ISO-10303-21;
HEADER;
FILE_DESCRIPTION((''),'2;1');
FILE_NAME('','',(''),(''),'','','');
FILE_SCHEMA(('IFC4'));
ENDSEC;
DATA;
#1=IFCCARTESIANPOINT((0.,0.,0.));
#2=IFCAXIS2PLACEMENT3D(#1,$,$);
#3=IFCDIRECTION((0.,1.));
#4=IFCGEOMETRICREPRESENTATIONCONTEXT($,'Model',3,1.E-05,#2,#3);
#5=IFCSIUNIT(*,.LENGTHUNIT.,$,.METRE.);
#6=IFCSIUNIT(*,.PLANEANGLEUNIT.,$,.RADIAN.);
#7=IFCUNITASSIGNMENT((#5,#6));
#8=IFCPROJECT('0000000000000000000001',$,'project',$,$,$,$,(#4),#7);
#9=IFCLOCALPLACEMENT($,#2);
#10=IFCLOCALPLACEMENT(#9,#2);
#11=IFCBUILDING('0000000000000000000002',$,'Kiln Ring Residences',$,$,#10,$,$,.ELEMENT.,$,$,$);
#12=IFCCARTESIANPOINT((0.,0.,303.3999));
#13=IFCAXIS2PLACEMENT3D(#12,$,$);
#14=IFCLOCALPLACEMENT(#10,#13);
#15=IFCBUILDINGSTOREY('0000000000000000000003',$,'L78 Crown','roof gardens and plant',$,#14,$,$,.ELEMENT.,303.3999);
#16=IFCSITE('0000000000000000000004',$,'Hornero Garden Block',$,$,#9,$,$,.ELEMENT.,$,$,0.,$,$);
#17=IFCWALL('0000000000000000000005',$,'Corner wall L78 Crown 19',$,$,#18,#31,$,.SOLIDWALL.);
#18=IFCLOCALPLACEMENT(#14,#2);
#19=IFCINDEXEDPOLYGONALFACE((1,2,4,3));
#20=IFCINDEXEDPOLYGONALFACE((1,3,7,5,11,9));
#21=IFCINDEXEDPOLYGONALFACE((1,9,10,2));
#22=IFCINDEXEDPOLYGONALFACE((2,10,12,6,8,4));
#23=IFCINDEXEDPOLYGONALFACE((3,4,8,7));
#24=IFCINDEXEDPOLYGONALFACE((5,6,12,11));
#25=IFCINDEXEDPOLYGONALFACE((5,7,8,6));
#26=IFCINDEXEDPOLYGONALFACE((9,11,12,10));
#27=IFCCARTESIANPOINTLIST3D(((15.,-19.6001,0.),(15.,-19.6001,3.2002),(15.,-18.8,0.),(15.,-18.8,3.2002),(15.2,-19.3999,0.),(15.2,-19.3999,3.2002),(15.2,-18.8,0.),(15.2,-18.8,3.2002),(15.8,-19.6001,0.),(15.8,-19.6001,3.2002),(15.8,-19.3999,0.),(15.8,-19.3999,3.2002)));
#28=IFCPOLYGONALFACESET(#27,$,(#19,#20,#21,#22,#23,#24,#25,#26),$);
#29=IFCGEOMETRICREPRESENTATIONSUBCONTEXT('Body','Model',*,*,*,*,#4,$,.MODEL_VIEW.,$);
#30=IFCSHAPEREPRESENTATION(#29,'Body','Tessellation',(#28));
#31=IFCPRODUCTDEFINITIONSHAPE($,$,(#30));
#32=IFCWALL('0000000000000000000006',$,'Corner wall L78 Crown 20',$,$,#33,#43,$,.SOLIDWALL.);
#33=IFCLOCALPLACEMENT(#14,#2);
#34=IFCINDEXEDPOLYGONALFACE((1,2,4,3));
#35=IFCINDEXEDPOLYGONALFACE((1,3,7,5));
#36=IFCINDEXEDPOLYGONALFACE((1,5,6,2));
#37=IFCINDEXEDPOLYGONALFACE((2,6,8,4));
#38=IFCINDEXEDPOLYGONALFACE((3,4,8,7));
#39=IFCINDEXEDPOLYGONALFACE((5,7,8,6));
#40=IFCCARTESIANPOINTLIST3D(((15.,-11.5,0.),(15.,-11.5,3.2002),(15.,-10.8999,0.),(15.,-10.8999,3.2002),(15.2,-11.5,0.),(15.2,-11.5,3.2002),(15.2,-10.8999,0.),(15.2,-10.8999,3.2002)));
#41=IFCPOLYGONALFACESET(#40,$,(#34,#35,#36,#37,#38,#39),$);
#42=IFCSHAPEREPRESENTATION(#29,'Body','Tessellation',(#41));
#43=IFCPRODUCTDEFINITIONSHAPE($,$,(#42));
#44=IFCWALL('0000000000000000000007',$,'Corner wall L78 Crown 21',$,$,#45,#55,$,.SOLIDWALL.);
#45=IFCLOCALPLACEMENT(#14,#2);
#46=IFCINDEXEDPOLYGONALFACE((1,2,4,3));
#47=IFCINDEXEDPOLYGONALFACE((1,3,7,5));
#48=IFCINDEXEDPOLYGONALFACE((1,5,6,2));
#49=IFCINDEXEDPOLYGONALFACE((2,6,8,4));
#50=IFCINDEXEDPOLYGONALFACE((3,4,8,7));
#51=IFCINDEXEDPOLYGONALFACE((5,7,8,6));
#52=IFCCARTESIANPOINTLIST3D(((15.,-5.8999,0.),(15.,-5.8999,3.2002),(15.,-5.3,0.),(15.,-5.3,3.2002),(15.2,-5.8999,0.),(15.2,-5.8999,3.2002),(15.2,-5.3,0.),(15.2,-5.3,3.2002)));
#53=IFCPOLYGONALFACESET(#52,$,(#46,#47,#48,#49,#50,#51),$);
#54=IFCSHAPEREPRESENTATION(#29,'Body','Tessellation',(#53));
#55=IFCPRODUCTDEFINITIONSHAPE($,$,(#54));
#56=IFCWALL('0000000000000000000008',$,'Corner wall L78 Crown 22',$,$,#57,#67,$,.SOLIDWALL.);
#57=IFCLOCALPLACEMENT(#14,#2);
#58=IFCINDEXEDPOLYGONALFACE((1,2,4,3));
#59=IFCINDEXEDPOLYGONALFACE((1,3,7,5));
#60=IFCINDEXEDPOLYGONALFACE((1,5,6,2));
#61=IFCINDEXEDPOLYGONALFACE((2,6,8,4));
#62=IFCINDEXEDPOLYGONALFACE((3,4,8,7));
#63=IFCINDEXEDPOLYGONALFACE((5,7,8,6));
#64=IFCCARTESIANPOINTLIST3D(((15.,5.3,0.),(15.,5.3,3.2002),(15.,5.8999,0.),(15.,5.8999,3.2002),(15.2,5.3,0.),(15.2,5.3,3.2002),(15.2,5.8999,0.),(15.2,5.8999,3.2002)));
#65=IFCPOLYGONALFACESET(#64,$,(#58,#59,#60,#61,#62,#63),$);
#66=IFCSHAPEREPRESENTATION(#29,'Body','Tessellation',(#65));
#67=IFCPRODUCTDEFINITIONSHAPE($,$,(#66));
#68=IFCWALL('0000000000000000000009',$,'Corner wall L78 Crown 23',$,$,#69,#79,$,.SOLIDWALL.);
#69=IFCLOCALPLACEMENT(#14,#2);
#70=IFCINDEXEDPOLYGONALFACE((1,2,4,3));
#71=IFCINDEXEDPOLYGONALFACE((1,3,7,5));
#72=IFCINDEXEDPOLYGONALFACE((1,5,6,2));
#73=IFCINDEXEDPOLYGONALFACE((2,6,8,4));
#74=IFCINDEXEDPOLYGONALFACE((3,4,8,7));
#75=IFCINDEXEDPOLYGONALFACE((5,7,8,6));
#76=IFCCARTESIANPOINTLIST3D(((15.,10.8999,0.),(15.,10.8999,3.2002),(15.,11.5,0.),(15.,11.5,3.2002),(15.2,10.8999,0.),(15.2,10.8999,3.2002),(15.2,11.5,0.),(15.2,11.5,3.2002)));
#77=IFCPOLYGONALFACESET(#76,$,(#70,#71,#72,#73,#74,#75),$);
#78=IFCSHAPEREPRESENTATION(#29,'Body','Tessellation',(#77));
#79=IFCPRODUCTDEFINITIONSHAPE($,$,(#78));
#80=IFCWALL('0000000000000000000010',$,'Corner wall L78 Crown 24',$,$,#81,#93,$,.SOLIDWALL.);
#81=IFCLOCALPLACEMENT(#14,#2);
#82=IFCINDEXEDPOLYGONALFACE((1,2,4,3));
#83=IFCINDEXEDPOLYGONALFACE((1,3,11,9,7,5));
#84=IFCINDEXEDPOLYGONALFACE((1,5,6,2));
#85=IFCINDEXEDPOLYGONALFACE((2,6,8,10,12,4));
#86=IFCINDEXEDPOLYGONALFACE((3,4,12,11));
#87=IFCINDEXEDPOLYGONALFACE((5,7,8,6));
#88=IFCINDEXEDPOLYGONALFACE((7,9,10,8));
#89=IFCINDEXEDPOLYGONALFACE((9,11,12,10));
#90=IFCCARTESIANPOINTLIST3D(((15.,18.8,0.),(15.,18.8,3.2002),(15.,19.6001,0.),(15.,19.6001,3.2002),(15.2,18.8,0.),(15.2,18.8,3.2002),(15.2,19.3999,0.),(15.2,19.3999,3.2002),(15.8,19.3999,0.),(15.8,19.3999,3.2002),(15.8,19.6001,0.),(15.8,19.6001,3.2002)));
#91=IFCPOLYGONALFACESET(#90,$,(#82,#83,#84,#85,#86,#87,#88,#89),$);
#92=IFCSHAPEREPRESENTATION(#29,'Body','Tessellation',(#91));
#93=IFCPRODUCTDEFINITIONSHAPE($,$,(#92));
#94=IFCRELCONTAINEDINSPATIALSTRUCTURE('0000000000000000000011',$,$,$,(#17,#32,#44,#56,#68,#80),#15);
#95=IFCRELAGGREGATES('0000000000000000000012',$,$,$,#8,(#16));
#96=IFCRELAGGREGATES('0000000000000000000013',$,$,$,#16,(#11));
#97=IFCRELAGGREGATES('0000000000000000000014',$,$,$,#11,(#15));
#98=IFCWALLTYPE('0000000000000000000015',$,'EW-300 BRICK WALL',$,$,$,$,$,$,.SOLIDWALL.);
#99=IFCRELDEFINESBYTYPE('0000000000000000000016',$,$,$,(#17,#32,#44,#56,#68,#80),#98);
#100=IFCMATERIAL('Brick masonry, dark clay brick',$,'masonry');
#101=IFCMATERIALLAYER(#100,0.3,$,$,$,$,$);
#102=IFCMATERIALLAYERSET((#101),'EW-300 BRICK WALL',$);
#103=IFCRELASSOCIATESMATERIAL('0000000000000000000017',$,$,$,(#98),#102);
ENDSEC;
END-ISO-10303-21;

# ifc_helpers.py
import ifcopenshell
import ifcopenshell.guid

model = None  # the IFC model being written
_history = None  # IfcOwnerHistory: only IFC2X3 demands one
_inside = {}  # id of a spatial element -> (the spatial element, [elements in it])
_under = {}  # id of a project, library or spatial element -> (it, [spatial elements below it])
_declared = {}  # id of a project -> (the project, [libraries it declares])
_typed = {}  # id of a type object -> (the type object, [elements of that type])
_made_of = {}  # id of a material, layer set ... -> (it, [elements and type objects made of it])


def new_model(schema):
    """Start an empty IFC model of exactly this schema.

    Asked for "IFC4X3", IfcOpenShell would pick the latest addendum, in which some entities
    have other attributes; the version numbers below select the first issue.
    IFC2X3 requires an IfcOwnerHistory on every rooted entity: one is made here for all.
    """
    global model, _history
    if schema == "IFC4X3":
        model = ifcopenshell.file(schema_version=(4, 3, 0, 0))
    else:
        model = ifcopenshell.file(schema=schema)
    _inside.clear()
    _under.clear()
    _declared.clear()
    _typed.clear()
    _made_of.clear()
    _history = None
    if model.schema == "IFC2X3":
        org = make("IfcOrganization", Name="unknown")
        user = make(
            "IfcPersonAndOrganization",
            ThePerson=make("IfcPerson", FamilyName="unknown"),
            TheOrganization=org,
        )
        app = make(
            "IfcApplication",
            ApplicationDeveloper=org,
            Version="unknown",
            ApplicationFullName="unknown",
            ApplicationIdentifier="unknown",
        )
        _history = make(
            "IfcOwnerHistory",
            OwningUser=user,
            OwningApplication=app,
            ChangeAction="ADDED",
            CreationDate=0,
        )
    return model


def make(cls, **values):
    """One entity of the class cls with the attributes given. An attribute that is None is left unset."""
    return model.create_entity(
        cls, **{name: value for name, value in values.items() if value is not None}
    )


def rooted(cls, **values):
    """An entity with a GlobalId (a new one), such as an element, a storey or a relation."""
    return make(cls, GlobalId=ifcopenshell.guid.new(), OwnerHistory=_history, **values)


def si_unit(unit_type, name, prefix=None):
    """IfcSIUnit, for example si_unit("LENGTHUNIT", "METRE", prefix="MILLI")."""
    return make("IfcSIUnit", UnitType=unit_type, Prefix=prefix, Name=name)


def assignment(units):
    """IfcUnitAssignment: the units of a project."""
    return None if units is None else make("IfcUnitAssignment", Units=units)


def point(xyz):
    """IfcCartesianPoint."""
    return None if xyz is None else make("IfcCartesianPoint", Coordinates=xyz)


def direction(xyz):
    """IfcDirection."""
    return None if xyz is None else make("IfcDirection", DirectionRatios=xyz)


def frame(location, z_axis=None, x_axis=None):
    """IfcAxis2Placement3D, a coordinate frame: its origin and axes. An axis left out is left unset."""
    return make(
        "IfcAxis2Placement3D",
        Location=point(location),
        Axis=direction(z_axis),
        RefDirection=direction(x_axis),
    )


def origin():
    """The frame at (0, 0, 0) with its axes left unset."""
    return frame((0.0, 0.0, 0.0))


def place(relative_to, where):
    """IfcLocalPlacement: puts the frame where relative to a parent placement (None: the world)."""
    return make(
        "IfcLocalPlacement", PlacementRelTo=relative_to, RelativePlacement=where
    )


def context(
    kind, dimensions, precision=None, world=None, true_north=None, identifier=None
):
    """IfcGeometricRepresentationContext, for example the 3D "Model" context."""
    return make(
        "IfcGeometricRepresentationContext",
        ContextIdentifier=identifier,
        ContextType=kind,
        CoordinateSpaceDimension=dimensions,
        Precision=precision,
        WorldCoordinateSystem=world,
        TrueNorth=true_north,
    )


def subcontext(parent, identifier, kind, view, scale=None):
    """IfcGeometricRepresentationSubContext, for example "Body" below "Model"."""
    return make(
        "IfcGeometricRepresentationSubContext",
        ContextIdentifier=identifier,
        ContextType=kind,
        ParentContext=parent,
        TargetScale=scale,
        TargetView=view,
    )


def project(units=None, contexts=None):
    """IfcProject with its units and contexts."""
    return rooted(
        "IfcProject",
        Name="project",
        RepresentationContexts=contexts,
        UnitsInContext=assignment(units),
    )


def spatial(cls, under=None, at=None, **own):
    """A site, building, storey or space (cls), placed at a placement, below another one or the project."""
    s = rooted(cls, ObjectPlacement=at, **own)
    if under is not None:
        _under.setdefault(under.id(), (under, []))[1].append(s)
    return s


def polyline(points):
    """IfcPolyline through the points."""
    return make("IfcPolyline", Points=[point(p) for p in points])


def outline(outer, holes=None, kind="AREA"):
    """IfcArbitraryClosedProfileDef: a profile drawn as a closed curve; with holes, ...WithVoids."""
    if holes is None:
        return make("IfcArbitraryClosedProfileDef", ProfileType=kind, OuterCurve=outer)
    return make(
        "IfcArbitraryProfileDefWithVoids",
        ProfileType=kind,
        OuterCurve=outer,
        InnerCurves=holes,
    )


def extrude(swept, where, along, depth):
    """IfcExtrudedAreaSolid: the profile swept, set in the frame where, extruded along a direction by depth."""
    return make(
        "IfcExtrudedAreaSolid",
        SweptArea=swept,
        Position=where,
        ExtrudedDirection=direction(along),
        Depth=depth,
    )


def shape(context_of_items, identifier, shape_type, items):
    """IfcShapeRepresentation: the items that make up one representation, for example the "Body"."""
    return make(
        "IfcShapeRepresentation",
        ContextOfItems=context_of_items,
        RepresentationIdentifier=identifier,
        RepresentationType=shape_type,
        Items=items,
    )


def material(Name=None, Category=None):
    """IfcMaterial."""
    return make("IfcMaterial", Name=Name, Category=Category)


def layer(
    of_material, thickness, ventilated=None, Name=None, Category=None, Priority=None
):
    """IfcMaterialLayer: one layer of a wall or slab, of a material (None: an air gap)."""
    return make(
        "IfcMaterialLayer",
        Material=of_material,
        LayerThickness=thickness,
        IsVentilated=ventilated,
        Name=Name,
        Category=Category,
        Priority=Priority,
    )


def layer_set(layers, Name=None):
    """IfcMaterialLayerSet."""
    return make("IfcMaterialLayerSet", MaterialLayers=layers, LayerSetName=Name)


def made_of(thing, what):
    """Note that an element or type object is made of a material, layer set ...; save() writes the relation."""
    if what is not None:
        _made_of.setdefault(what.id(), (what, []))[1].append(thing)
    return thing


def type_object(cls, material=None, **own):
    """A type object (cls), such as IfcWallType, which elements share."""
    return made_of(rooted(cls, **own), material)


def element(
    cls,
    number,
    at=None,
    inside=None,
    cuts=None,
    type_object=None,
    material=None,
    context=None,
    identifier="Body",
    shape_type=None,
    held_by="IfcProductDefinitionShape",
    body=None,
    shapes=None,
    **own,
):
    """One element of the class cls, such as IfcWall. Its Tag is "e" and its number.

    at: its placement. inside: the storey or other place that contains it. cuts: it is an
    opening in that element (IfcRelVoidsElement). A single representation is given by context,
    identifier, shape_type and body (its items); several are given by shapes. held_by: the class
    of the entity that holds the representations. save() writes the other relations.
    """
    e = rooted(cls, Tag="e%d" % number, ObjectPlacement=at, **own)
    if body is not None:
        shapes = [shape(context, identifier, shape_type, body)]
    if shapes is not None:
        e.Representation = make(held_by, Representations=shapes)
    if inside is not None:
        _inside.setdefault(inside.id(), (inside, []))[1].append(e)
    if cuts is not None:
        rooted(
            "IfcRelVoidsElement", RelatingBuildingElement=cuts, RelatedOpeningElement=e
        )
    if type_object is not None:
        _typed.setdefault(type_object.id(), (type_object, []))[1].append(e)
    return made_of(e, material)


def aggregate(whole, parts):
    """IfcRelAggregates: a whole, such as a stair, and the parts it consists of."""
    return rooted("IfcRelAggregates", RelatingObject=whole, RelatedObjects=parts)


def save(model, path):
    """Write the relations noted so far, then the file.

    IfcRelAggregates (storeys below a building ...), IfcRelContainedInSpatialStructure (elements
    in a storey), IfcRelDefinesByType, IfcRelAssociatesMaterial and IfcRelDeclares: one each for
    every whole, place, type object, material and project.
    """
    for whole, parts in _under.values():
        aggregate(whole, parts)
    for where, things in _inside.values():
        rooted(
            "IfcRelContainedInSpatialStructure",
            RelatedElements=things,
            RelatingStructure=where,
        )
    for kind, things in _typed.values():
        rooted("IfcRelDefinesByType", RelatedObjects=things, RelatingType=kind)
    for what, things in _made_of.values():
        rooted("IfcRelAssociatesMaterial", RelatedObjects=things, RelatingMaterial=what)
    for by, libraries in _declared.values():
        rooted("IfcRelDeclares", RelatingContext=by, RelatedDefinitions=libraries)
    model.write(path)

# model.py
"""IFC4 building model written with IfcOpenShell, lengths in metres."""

from ifc_helpers import new_model, si_unit, direction, frame, origin, place, context, subcontext, project, spatial, polyline, outline, extrude, material, layer, layer_set, type_object, element, save


model = new_model("IFC4")

# Units and contexts
model_context = context("Model", 3, precision=1e-05, world=origin(), true_north=direction((0.0, 1.0)))
body_context = subcontext(model_context, "Body", "Model", "MODEL_VIEW")
ifc_project = project(units=[si_unit("LENGTHUNIT", "METRE"), si_unit("PLANEANGLEUNIT", "RADIAN")], contexts=[model_context])

# Site, building, storey
site_placement = place(None, origin())
site = spatial("IfcSite", under=ifc_project, at=site_placement, Name="Hornero Garden Block", CompositionType="ELEMENT", RefElevation=0.0)
building_placement = place(site_placement, origin())
building = spatial("IfcBuilding", under=site, at=building_placement, Name="Kiln Ring Residences", CompositionType="ELEMENT")
storey_placement = place(building_placement, frame((0.0, 0.0, 303.3999)))
storey = spatial("IfcBuildingStorey", under=building, at=storey_placement, Name="L78 Crown", Description="roof gardens and plant", CompositionType="ELEMENT", Elevation=303.3999)

# Walls
ifc_material_1 = material(Name="Brick masonry, dark clay brick", Category="masonry")
ifc_layer_1 = layer(ifc_material_1, 0.3)
ifc_layer_set_1 = layer_set([ifc_layer_1], Name="EW-300 BRICK WALL")
wall_type_1 = type_object("IfcWallType", Name="EW-300 BRICK WALL", PredefinedType="SOLIDWALL", material=ifc_layer_set_1)
placement = place(storey_placement, origin())
element("IfcWall", 1, at=placement, inside=storey, type_object=wall_type_1, Name="Corner wall L78 Crown 19", PredefinedType="SOLIDWALL", context=body_context, shape_type="SweptSolid", body=[
    extrude(outline(polyline([(15.0, -18.8), (15.0, -19.6001), (15.8, -19.6001), (15.8, -19.3999), (15.2, -19.3999), (15.2, -18.8), (15.0, -18.8)])), origin(), (0.0, 0.0, 1.0), 3.2002),
])
element("IfcWall", 2, at=placement, inside=storey, type_object=wall_type_1, Name="Corner wall L78 Crown 20", PredefinedType="SOLIDWALL", context=body_context, shape_type="SweptSolid", body=[
    extrude(outline(polyline([(15.2, -10.8999), (15.0, -10.8999), (15.0, -11.5), (15.2, -11.5), (15.2, -10.8999)])), origin(), (0.0, 0.0, 1.0), 3.2002),
])
element("IfcWall", 3, at=placement, inside=storey, type_object=wall_type_1, Name="Corner wall L78 Crown 21", PredefinedType="SOLIDWALL", context=body_context, shape_type="SweptSolid", body=[
    extrude(outline(polyline([(15.2, -5.3), (15.0, -5.3), (15.0, -5.8999), (15.3, -5.8999), (15.2, -5.8999), (15.2, -5.3)])), origin(), (0.0, 0.0, 1.0), 3.2002),
])
element("IfcWall", 4, at=placement, inside=storey, type_object=wall_type_1, Name="Corner wall L78 Crown 22", PredefinedType="SOLIDWALL", context=body_context, shape_type="SweptSolid", body=[
    extrude(outline(polyline([(15.3, 5.8999), (15.0, 5.8999), (15.0, 5.3), (15.3, 5.3), (15.2, 5.3), (15.2, 5.8999), (15.3, 5.8999)])), origin(), (0.0, 0.0, 1.0), 3.2002),
])
element("IfcWall", 5, at=placement, inside=storey, type_object=wall_type_1, Name="Corner wall L78 Crown 23", PredefinedType="SOLIDWALL", context=body_context, shape_type="SweptSolid", body=[
    extrude(outline(polyline([(15.2, 11.5), (15.0, 11.5), (15.0, 10.8999), (15.2, 10.8999), (15.2, 11.5)])), origin(), (0.0, 0.0, 1.0), 3.2002),
])
element("IfcWall", 6, at=placement, inside=storey, type_object=wall_type_1, Name="Corner wall L78 Crown 24", PredefinedType="SOLIDWALL", context=body_context, shape_type="SweptSolid", body=[
    extrude(outline(polyline([(15.8, 19.6001), (15.0, 19.6001), (15.0, 18.8), (15.2, 18.8), (15.2, 19.3999), (15.8, 19.3999), (15.8, 19.6001)])), origin(), (0.0, 0.0, 1.0), 3.2002),
])

save(model, "model.ifc")
